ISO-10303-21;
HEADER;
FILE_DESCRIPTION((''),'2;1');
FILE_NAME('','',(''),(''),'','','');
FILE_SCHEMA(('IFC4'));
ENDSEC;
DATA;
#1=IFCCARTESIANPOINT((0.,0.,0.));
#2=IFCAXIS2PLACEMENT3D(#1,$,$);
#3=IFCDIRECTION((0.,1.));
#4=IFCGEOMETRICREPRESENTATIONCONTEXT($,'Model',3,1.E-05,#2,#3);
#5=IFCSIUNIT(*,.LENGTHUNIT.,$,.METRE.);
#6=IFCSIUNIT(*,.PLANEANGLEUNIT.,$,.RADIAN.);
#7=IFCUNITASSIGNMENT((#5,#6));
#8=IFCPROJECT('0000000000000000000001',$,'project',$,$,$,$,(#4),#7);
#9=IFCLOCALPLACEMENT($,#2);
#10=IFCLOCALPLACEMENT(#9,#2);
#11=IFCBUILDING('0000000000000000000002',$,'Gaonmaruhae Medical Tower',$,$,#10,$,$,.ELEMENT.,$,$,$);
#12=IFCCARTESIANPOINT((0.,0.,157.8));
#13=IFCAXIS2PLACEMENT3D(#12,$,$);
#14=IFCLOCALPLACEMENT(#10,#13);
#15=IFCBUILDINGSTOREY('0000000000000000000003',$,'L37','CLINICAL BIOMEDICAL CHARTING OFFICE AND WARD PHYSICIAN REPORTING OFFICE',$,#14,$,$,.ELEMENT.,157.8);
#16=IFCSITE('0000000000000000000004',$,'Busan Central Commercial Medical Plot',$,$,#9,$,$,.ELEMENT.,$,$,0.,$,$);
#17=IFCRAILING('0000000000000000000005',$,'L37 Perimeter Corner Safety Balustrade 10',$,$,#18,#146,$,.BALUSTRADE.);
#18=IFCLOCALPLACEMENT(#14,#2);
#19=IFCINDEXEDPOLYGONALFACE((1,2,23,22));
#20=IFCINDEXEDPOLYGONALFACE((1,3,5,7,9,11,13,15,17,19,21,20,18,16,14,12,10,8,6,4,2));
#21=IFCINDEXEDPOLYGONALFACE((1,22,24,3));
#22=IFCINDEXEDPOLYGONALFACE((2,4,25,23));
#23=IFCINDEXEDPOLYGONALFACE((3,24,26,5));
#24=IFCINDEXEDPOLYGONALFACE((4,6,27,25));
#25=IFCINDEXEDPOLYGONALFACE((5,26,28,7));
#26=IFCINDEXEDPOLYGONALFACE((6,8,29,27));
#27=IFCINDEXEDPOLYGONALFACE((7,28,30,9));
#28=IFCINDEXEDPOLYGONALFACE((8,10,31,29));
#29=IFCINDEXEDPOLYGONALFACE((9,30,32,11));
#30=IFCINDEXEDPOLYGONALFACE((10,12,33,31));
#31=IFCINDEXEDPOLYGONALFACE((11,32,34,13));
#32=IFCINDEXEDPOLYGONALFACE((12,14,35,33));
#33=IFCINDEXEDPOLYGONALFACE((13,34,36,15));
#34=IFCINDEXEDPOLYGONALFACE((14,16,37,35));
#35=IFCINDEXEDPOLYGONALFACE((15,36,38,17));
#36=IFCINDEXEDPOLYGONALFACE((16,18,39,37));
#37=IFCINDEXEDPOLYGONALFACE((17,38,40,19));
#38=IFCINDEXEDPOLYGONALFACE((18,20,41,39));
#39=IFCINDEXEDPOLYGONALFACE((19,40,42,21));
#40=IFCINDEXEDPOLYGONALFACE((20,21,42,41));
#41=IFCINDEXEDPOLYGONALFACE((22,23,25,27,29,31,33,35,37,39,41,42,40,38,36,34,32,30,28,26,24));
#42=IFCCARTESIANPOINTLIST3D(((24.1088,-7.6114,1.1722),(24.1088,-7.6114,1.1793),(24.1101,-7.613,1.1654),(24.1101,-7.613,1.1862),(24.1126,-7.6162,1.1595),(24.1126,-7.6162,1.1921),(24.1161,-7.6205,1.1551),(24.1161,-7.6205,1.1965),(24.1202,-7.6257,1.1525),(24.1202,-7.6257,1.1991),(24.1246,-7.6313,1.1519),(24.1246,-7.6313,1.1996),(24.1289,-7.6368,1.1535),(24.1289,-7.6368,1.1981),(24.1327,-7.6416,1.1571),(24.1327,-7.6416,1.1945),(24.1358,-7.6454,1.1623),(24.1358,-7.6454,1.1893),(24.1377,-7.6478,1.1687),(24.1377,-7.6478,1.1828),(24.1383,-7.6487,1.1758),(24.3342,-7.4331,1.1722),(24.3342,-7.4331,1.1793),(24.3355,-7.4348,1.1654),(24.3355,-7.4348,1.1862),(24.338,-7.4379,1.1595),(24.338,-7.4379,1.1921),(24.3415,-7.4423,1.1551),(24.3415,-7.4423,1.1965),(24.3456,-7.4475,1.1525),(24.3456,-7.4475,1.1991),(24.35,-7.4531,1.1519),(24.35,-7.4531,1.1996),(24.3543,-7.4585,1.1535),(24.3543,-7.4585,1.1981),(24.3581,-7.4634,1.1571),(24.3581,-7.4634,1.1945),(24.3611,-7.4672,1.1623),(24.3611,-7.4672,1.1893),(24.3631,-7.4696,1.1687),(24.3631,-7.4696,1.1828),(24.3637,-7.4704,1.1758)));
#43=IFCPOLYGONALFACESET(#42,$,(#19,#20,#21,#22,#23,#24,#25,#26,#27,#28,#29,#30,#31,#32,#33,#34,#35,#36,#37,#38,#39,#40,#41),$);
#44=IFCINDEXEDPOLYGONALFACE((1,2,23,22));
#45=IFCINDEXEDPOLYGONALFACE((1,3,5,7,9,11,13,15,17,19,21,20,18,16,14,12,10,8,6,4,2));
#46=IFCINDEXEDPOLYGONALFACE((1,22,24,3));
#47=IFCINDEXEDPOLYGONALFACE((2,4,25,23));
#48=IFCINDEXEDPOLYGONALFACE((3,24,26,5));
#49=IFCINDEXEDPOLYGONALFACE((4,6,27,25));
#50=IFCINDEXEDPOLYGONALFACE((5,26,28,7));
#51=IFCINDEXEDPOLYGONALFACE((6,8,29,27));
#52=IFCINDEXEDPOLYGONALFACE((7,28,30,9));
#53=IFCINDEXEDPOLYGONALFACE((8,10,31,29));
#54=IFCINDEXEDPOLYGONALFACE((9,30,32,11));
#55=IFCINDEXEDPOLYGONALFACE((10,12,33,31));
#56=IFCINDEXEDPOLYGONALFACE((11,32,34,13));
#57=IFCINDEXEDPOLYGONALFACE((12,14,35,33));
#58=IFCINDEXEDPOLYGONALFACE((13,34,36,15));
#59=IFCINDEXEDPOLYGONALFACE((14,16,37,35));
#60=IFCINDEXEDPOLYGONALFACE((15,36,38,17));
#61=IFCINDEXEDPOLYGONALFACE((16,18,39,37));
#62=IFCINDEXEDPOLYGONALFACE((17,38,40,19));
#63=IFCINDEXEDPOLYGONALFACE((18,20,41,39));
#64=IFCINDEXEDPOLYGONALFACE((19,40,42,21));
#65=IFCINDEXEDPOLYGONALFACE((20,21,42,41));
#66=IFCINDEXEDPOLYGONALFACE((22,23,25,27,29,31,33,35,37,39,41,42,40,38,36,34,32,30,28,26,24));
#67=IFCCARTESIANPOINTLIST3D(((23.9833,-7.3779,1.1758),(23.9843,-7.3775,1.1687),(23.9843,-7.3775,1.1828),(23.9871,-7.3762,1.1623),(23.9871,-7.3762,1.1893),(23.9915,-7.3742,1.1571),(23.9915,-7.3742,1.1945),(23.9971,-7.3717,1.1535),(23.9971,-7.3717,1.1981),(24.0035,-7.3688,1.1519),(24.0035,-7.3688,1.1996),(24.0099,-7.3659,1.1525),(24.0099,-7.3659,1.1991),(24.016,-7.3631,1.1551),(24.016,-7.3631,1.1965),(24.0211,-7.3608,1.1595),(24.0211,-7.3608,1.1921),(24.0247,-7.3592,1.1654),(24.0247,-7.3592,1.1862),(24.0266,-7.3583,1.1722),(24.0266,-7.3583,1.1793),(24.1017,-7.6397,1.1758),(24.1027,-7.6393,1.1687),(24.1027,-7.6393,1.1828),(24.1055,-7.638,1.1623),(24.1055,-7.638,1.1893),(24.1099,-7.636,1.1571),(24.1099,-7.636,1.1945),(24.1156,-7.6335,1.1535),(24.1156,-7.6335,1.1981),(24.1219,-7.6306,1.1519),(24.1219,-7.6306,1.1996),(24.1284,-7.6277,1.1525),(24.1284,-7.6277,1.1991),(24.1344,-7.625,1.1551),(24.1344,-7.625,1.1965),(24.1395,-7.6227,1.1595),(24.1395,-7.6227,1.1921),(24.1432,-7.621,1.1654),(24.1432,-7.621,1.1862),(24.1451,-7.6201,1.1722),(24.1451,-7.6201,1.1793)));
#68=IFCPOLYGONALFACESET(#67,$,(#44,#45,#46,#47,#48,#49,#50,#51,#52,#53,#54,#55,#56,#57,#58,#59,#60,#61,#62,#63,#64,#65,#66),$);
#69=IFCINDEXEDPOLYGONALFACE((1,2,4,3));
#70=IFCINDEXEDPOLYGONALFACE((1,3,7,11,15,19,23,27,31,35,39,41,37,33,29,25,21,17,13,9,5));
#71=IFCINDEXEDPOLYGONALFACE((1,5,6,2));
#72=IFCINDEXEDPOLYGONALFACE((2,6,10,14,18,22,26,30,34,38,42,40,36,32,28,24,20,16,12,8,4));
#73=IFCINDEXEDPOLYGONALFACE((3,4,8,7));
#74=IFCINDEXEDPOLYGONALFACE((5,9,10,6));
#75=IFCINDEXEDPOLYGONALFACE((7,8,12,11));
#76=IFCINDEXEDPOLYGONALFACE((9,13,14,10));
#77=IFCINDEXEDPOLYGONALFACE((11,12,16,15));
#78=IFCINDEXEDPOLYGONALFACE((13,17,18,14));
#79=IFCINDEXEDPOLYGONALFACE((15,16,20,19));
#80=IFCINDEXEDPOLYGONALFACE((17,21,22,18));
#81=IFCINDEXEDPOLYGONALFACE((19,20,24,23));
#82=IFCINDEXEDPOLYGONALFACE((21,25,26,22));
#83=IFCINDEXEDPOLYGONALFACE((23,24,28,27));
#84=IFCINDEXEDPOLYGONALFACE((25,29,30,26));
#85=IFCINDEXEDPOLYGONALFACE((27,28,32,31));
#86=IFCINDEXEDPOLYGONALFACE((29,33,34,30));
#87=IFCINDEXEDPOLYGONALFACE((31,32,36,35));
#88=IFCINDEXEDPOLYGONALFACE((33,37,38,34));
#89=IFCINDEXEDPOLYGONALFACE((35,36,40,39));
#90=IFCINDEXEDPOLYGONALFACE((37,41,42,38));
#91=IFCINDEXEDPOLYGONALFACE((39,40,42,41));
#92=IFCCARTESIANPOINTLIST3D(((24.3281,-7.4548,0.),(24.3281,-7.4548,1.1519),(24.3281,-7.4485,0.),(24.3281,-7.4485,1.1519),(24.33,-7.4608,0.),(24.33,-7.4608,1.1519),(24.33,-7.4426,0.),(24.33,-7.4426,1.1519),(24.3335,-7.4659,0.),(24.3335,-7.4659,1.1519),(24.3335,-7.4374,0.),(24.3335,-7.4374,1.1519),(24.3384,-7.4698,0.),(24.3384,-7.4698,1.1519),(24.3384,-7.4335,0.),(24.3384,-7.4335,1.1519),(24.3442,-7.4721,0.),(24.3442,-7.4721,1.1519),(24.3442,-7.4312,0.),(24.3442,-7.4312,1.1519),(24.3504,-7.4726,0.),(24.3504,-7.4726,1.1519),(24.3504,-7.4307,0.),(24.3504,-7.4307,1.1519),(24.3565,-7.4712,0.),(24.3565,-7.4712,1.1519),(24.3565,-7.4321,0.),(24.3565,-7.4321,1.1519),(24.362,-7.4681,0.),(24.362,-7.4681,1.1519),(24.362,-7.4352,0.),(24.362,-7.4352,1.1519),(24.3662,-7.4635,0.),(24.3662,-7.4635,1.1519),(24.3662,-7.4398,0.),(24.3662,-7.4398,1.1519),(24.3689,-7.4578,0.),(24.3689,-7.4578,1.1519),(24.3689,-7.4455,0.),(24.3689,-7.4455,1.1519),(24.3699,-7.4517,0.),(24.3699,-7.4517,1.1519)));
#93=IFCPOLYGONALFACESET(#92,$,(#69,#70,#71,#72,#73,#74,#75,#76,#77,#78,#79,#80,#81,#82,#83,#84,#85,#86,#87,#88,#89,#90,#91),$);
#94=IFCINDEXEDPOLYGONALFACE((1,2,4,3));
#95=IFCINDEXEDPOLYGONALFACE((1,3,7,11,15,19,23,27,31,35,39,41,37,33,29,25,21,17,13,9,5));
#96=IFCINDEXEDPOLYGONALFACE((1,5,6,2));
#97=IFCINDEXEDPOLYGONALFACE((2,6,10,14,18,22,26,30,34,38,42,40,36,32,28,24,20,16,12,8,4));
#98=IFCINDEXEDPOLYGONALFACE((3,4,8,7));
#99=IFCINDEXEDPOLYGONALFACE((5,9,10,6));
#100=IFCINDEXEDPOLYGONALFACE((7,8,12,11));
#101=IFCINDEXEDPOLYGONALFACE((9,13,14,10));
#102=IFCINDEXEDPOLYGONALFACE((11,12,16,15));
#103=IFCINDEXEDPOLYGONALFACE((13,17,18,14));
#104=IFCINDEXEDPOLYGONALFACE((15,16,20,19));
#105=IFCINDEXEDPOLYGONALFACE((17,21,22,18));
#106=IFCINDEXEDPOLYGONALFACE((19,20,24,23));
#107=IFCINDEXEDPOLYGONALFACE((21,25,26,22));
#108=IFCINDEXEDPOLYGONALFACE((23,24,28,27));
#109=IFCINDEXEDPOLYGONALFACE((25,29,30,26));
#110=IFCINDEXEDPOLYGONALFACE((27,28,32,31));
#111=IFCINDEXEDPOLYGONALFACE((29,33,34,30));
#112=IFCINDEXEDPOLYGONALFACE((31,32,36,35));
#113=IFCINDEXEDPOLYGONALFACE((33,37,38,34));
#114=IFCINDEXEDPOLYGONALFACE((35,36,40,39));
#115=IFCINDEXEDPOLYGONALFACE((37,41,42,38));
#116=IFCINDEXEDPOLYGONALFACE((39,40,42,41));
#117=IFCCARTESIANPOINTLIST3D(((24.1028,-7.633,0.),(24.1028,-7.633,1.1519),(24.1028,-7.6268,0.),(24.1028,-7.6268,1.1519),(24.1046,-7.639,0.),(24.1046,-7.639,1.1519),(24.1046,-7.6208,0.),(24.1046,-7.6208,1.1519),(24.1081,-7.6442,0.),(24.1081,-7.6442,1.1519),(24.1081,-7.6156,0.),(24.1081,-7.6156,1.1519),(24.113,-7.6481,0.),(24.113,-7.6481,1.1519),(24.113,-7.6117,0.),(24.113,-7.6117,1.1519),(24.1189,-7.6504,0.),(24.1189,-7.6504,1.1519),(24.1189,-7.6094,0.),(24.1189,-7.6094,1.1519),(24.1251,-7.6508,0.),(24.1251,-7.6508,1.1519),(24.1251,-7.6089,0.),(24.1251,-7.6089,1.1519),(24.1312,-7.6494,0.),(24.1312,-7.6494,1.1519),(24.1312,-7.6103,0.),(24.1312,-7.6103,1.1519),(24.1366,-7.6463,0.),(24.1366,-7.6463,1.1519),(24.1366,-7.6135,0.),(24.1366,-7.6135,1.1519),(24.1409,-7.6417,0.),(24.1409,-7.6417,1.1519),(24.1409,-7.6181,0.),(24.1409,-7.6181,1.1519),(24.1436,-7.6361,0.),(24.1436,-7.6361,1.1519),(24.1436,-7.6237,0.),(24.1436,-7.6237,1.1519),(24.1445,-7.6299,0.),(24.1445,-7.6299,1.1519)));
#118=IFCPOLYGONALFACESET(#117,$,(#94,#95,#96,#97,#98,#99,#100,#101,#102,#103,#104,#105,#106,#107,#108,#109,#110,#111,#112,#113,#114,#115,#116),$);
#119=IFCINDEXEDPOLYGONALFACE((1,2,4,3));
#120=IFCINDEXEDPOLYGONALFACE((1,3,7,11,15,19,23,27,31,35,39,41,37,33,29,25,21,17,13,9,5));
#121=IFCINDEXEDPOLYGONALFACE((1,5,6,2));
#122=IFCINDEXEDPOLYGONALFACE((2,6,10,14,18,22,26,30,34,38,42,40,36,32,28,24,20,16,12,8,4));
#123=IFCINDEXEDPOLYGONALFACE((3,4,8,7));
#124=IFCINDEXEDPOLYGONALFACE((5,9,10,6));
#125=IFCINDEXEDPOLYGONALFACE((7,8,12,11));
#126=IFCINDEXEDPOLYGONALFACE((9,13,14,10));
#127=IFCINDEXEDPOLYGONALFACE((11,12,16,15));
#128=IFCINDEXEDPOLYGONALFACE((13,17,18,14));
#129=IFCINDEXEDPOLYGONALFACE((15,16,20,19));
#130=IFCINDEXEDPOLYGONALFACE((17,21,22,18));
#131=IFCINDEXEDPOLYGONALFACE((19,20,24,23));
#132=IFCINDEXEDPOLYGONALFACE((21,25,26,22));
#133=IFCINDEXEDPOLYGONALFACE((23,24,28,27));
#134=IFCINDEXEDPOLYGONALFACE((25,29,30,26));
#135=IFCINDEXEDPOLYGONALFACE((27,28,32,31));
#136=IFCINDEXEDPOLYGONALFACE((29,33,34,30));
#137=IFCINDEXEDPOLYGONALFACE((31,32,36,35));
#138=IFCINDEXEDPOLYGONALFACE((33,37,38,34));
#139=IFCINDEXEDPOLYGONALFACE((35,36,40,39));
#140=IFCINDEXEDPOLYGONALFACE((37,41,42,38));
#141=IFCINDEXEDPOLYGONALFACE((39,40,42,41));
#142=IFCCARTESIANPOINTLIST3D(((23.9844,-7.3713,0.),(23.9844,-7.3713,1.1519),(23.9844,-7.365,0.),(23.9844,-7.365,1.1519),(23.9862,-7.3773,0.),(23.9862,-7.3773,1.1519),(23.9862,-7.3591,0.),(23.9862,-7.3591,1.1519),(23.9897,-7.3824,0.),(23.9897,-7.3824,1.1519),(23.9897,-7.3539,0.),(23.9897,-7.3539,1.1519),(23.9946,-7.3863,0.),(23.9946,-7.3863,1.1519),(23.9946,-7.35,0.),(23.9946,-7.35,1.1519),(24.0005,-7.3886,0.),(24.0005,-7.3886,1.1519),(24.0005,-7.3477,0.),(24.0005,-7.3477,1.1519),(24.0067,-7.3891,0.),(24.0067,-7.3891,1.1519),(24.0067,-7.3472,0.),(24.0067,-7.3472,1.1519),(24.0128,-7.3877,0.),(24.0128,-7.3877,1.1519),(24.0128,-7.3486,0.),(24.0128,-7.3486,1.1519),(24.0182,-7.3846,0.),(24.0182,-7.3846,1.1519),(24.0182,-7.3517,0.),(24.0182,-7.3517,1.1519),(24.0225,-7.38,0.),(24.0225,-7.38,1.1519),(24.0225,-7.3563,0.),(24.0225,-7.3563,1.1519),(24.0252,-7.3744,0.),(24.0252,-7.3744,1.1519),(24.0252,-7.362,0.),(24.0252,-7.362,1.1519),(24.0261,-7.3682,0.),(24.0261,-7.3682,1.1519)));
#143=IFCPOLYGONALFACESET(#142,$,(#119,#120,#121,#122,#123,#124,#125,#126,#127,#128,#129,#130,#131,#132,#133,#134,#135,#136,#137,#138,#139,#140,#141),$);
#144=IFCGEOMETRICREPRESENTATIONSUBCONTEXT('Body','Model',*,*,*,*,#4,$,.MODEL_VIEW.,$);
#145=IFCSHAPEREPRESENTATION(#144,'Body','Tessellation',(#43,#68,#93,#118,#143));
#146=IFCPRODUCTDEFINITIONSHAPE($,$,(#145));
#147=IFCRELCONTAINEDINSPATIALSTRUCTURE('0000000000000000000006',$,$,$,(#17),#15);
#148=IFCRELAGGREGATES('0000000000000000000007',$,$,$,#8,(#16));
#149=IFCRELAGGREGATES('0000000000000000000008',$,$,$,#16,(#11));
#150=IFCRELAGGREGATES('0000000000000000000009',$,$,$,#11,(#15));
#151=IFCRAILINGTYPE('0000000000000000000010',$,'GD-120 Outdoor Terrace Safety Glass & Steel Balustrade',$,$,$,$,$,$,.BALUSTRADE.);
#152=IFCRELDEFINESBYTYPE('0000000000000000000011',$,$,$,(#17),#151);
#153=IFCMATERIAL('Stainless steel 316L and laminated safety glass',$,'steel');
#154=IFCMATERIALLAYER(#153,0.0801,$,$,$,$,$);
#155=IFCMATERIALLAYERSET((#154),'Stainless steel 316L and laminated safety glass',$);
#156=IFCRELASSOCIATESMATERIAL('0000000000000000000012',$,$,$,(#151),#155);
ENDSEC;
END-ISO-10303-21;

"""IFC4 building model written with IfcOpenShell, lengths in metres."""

from ifc_helpers import new_model, si_unit, direction, frame, origin, origin_2d, place, context, subcontext, project, spatial, circle, extrude, material, layer, layer_set, type_object, element, save


model = new_model("IFC4")

# Units and contexts
model_context = context("Model", 3, precision=1e-05, world=origin(), true_north=direction((0.0, 1.0)))
body_context = subcontext(model_context, "Body", "Model", "MODEL_VIEW")
ifc_project = project(units=[si_unit("LENGTHUNIT", "METRE"), si_unit("PLANEANGLEUNIT", "RADIAN")], contexts=[model_context])

# Site, building, storey
site_placement = place(None, origin())
site = spatial("IfcSite", under=ifc_project, at=site_placement, Name="Busan Central Commercial Medical Plot", CompositionType="ELEMENT", RefElevation=0.0)
building_placement = place(site_placement, origin())
building = spatial("IfcBuilding", under=site, at=building_placement, Name="Gaonmaruhae Medical Tower", CompositionType="ELEMENT")
storey_placement = place(building_placement, frame((0.0, 0.0, 157.8)))
storey = spatial("IfcBuildingStorey", under=building, at=storey_placement, Name="L37", Description="CLINICAL BIOMEDICAL CHARTING OFFICE AND WARD PHYSICIAN REPORTING OFFICE", CompositionType="ELEMENT", Elevation=157.8)

# Railing
ifc_material_1 = material(Name="Stainless steel 316L and laminated safety glass", Category="steel")
ifc_layer_1 = layer(ifc_material_1, 0.0801)
ifc_layer_set_1 = layer_set([ifc_layer_1], Name="Stainless steel 316L and laminated safety glass")
railing_type = type_object("IfcRailingType", Name="GD-120 Outdoor Terrace Safety Glass & Steel Balustrade", PredefinedType="BALUSTRADE", material=ifc_layer_set_1)
for number, where, name in (
    (1, (24.3489, -7.4517, 0.0), "L37 Perimeter Corner Safety Balustrade 10"),
):
    element("IfcRailing", number, at=place(storey_placement, frame(where)), inside=storey, type_object=railing_type, Name=name, PredefinedType="BALUSTRADE", context=body_context, shape_type="SweptSolid", body=[
        extrude(circle(Radius=0.0239, at=origin_2d()), frame((0.0, 0.0, 1.1758), z_axis=(-0.784339, -0.620333, 0.0), x_axis=(0.620333, -0.784339, 0.0)), (0.0, 0.0, 1.0), 0.2874),
        extrude(circle(Radius=0.0239, at=origin_2d()), frame((-0.2253, -0.1782, 1.1758), z_axis=(-0.412201, 0.911093, 0.0), x_axis=(-0.911093, -0.412201, 0.0)), (0.0, 0.0, 1.0), 0.2874),
        extrude(circle(Radius=0.021, at=origin_2d()), origin(), (0.0, 0.0, 1.0), 1.1519),
        extrude(circle(Radius=0.021, at=origin_2d()), frame((-0.2253, -0.1782, 0.0)), (0.0, 0.0, 1.0), 1.1519),
        extrude(circle(Radius=0.021, at=origin_2d()), frame((-0.3438, 0.0835, 0.0)), (0.0, 0.0, 1.0), 1.1519),
    ])

save(model, "model.ifc")
